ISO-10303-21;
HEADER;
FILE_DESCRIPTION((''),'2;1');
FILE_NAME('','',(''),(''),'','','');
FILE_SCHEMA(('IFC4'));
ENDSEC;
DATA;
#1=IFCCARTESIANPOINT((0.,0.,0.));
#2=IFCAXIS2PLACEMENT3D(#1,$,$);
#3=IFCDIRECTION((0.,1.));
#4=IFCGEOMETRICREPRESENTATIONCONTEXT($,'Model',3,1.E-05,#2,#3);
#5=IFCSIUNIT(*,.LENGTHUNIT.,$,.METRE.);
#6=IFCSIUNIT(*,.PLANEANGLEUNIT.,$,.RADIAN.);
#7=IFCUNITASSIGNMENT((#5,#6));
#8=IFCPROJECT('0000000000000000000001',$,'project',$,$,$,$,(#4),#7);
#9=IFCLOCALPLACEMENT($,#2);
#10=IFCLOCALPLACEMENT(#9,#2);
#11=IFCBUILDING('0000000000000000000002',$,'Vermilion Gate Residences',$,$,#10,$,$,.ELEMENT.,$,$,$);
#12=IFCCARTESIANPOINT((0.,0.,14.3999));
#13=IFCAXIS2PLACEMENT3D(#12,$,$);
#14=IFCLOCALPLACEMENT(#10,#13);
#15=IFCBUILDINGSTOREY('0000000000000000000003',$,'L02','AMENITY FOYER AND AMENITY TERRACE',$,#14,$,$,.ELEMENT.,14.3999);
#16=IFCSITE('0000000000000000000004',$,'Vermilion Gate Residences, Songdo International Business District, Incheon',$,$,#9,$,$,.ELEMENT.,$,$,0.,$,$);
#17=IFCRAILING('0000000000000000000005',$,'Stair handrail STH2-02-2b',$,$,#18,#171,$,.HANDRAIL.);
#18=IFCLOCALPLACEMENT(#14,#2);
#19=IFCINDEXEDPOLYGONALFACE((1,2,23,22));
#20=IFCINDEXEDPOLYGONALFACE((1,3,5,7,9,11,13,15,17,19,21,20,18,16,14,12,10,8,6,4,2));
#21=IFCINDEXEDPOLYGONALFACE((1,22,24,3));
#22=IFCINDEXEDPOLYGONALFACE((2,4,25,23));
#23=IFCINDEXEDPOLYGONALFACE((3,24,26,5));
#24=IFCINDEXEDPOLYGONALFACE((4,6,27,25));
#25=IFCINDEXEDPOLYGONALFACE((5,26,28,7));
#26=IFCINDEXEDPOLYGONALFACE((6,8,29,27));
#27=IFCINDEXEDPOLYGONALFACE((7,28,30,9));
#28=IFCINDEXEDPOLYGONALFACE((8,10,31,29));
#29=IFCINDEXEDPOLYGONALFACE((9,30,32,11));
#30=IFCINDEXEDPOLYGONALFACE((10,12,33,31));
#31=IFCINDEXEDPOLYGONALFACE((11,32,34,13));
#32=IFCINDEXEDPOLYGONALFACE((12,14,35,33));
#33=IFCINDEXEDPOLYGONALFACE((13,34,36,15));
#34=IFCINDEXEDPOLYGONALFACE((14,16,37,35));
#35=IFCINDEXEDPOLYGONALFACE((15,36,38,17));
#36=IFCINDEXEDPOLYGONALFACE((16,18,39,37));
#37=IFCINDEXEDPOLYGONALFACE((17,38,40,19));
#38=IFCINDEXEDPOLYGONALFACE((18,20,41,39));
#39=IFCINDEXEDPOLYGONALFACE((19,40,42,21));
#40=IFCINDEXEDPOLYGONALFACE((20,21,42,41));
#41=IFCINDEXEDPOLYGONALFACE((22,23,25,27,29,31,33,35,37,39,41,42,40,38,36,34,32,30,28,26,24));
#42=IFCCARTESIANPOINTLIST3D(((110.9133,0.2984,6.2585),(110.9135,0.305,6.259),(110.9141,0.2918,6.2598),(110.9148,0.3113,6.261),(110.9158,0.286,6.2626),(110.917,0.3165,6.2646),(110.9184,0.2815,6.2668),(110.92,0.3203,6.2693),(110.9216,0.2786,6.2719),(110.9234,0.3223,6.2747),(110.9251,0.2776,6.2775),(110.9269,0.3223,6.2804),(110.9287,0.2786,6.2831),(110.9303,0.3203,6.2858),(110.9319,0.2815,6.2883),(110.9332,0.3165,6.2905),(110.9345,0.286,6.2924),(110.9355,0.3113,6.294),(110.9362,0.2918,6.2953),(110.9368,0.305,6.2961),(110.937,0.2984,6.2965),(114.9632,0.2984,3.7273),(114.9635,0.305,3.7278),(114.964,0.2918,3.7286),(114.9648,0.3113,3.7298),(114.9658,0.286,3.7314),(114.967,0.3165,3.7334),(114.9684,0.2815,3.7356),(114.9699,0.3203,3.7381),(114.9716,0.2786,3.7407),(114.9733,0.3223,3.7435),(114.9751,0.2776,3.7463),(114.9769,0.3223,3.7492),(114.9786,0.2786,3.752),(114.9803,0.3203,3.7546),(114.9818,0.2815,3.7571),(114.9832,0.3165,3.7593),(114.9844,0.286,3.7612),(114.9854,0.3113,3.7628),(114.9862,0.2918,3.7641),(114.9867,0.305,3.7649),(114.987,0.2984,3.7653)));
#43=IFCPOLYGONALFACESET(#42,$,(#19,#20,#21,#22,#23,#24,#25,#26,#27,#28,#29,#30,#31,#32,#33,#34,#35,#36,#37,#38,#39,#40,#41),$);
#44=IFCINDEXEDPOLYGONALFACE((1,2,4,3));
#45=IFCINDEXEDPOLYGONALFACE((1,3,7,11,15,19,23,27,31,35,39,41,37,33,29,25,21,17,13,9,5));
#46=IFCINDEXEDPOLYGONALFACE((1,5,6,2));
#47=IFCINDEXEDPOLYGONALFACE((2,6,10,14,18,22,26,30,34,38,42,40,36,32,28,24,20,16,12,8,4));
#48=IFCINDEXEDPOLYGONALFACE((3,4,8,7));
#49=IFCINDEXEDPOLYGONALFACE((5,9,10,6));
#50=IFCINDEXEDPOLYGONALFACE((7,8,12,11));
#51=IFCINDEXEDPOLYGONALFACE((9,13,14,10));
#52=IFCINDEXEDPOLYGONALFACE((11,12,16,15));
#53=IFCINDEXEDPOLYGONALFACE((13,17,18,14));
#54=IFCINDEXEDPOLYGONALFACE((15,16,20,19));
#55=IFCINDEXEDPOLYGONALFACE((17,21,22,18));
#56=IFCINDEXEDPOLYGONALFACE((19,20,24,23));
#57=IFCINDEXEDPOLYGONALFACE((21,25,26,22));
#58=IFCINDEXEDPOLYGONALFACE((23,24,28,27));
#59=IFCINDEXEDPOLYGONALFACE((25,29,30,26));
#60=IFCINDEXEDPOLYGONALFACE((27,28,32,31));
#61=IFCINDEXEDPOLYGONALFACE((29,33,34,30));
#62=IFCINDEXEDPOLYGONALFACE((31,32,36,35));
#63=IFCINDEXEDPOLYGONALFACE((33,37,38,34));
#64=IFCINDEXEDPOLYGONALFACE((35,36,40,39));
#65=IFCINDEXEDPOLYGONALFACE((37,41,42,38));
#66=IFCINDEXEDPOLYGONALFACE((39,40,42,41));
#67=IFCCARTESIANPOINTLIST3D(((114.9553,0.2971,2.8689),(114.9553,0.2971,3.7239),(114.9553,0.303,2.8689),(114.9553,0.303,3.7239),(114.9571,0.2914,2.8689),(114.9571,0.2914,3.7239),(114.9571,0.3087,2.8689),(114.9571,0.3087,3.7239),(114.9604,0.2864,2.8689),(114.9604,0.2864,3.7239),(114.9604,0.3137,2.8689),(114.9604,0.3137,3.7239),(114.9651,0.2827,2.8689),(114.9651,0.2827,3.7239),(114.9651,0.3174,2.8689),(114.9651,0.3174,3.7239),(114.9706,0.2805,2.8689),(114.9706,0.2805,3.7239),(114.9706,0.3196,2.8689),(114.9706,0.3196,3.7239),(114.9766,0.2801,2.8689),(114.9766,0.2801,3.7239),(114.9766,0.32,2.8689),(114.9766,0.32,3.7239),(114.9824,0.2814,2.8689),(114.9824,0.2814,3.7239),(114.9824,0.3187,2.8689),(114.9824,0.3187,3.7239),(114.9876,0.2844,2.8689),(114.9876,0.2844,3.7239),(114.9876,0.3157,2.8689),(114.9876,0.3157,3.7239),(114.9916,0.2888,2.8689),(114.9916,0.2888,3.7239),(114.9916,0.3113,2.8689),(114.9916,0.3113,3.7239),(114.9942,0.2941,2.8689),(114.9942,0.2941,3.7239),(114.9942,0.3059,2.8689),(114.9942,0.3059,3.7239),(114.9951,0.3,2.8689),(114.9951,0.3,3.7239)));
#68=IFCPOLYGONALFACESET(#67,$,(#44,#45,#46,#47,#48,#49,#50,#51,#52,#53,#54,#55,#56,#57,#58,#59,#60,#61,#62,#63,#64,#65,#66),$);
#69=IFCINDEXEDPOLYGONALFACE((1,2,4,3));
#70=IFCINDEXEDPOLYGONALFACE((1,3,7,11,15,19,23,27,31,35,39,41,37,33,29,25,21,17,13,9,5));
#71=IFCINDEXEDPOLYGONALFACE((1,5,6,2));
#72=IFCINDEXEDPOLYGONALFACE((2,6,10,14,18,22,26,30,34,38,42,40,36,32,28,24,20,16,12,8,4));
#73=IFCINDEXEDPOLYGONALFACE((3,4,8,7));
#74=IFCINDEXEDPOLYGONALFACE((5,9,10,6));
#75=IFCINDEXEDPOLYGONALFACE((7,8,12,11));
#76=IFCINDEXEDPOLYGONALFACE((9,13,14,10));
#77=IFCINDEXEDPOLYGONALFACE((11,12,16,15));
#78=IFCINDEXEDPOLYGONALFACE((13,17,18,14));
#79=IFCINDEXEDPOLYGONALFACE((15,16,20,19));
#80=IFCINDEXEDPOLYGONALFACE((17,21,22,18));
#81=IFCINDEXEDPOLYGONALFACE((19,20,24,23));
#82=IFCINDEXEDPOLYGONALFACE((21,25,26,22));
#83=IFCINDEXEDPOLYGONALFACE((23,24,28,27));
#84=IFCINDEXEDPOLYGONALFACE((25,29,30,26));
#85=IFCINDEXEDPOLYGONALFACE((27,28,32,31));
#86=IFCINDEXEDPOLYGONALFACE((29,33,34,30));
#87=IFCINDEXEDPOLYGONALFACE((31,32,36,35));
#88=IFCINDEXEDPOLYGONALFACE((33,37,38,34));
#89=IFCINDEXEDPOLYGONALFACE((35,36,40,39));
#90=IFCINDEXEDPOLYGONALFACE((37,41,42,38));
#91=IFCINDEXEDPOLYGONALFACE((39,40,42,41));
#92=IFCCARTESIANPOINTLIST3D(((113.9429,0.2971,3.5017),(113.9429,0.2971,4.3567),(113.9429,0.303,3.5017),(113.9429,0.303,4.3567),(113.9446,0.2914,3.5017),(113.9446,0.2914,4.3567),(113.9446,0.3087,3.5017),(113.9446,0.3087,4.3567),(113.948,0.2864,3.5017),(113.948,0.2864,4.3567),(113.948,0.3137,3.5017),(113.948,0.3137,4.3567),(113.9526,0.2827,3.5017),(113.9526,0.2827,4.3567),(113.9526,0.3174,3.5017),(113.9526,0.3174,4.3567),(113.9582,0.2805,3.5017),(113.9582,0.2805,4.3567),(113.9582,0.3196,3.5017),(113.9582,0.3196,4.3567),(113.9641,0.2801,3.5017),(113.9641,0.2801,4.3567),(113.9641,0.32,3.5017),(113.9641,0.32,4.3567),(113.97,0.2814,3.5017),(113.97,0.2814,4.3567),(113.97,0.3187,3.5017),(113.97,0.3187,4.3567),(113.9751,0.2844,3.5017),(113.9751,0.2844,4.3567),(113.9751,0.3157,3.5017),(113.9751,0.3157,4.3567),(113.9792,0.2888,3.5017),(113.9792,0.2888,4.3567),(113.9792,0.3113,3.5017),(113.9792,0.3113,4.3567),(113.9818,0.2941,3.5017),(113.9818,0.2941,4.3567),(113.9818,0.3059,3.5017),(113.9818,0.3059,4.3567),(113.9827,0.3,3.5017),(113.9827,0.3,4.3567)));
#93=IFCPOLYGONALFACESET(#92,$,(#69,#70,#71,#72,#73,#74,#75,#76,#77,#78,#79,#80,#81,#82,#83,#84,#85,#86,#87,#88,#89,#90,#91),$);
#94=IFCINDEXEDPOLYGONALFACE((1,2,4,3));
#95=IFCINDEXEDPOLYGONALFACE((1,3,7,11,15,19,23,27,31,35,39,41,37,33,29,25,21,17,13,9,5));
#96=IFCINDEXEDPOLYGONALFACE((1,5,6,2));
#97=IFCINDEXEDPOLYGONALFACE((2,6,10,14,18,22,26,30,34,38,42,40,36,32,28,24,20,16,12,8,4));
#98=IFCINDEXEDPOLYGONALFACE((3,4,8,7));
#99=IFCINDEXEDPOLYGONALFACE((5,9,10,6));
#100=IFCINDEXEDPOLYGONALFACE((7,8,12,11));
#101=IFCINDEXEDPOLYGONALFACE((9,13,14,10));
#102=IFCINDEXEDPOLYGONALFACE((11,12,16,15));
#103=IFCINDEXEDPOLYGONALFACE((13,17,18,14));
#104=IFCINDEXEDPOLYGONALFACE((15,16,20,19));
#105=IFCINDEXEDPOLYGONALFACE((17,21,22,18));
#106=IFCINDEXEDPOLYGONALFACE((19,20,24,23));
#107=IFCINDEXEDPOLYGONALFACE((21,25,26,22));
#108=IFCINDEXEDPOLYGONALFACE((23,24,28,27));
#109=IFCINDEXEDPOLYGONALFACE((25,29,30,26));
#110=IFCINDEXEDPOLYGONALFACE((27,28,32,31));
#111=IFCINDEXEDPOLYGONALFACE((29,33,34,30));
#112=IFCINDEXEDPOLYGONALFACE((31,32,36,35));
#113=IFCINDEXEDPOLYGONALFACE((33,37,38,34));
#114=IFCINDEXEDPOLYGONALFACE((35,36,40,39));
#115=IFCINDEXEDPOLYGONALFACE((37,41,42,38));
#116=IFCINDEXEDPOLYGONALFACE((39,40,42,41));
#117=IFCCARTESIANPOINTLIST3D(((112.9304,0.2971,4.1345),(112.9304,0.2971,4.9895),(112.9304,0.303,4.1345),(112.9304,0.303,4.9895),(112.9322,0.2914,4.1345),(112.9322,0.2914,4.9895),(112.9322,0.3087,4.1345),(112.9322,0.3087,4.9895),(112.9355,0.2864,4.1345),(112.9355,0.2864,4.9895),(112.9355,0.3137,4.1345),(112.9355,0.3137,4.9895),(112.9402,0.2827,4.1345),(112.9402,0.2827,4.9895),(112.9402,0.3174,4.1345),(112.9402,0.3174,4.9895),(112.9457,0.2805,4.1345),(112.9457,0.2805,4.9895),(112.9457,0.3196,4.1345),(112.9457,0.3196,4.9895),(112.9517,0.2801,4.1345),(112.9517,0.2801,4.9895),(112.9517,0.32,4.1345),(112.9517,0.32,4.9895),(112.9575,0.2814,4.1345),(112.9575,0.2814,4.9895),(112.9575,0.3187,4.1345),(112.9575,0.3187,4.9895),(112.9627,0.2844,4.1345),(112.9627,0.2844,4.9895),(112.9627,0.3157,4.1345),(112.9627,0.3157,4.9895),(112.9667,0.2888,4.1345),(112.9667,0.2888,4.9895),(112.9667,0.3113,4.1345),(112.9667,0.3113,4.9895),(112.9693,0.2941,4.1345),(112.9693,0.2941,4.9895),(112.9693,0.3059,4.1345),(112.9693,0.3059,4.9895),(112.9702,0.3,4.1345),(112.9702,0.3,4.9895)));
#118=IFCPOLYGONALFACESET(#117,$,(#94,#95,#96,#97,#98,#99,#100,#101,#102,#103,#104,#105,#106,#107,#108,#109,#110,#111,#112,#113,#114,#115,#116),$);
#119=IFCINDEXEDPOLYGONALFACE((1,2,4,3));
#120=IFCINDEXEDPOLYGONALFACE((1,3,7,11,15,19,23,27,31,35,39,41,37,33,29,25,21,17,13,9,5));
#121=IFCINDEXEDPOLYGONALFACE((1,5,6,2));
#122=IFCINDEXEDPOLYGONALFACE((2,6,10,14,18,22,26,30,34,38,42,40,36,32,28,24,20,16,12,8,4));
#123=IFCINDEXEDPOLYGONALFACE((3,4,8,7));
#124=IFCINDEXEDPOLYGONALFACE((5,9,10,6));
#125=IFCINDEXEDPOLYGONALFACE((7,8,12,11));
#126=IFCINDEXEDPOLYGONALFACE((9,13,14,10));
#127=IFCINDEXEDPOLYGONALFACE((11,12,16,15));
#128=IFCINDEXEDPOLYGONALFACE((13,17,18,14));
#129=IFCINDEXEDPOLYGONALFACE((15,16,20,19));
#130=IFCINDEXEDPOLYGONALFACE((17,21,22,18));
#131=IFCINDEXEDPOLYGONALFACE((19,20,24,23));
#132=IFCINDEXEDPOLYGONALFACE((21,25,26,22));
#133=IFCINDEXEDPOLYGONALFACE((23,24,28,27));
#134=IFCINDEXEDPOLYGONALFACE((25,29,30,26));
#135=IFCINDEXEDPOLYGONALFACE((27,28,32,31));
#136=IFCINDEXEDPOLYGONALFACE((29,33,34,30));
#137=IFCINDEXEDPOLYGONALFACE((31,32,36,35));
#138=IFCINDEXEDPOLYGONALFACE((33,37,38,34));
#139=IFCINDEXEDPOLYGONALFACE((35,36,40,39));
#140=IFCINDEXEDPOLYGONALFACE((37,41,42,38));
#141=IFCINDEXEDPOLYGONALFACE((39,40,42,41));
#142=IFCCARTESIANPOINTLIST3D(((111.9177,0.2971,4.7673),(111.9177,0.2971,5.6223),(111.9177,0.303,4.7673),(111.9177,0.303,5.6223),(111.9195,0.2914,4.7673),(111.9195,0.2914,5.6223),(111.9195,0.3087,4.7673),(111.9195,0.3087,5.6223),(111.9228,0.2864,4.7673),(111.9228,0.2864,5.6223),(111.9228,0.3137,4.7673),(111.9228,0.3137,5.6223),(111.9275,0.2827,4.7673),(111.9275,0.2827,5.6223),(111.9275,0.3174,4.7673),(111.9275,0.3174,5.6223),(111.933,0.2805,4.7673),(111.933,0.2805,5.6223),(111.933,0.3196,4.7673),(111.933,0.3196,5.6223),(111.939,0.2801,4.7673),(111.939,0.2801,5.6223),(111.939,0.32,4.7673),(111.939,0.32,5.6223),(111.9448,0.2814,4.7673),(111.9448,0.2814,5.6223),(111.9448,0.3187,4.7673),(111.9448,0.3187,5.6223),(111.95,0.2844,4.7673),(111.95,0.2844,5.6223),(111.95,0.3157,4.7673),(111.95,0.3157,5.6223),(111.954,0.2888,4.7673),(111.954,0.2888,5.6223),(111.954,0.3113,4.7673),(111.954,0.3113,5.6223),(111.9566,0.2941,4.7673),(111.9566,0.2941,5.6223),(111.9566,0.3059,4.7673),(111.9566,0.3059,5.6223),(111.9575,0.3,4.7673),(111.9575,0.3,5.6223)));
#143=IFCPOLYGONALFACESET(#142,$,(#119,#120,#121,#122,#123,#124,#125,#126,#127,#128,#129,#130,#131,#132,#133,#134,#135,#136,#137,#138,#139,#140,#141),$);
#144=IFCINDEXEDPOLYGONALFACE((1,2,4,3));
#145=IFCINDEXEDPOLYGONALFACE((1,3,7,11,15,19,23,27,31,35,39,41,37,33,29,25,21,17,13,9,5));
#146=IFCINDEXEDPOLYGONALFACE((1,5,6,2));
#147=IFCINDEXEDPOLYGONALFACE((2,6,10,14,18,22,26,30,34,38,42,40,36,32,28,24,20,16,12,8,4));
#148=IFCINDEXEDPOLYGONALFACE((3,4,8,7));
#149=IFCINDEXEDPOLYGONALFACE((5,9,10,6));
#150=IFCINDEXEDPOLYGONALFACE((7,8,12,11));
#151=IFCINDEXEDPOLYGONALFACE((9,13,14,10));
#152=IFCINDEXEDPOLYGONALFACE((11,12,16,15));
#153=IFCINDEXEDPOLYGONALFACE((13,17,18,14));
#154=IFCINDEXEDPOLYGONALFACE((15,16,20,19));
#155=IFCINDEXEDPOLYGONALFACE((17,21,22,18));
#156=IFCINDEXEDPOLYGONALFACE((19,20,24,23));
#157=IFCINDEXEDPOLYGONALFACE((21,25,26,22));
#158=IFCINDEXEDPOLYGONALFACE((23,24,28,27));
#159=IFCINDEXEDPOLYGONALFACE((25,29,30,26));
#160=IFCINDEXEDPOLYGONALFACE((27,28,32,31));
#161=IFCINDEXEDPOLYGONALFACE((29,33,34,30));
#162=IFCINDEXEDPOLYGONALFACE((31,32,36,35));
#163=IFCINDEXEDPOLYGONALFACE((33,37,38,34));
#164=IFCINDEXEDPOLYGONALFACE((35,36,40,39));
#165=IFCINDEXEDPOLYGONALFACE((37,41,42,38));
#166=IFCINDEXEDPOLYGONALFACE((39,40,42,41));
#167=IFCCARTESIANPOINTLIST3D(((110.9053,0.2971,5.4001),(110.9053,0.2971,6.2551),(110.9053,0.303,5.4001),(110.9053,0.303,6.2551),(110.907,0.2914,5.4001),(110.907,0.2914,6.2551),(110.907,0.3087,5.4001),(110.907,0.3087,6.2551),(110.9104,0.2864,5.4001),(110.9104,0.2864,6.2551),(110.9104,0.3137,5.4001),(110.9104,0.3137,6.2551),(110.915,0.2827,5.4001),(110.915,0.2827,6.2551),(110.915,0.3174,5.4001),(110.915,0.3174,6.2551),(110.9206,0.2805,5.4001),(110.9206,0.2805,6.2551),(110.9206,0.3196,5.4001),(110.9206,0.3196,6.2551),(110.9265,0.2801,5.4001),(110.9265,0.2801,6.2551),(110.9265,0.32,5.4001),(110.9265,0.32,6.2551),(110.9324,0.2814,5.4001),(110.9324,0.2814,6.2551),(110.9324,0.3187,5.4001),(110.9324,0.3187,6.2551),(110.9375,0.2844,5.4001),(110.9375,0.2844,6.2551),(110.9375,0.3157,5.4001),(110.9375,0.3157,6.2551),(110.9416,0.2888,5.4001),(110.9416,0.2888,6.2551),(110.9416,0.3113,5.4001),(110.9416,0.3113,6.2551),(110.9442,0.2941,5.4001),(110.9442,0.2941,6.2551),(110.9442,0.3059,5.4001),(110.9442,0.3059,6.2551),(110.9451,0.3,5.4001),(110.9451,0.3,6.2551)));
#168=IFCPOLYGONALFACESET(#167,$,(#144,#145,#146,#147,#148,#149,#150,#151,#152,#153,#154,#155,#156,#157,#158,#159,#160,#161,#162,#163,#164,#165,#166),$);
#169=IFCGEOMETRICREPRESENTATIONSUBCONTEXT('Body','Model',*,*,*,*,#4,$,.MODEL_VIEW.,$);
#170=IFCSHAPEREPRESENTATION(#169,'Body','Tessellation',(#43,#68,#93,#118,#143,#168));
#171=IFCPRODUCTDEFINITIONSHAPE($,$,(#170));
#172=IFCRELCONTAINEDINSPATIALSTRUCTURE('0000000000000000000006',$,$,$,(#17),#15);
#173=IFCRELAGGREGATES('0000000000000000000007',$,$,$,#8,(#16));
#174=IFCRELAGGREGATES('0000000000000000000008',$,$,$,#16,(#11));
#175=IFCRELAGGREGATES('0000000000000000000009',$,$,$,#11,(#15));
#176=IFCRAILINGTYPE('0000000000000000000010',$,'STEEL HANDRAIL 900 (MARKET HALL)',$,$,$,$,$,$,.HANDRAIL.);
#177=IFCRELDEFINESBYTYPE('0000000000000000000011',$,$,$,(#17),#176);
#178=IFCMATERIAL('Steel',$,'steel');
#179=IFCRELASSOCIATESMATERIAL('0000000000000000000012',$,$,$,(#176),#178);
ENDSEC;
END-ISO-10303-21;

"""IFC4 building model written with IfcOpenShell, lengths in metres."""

from ifc_helpers import new_model, si_unit, direction, frame, origin, origin_2d, place, context, subcontext, project, spatial, circle, extrude, material, type_object, element, save


model = new_model("IFC4")

# Units and contexts
model_context = context("Model", 3, precision=1e-05, world=origin(), true_north=direction((0.0, 1.0)))
body_context = subcontext(model_context, "Body", "Model", "MODEL_VIEW")
ifc_project = project(units=[si_unit("LENGTHUNIT", "METRE"), si_unit("PLANEANGLEUNIT", "RADIAN")], contexts=[model_context])

# Site, building, storey
site_placement = place(None, origin())
site = spatial("IfcSite", under=ifc_project, at=site_placement, Name="Vermilion Gate Residences, Songdo International Business District, Incheon", CompositionType="ELEMENT", RefElevation=0.0)
building_placement = place(site_placement, origin())
building = spatial("IfcBuilding", under=site, at=building_placement, Name="Vermilion Gate Residences", CompositionType="ELEMENT")
storey_placement = place(building_placement, frame((0.0, 0.0, 14.3999)))
storey = spatial("IfcBuildingStorey", under=building, at=storey_placement, Name="L02", Description="AMENITY FOYER AND AMENITY TERRACE", CompositionType="ELEMENT", Elevation=14.3999)

# Railing
ifc_material_1 = material(Name="Steel", Category="steel")
railing_type_1 = type_object("IfcRailingType", Name="STEEL HANDRAIL 900 (MARKET HALL)", PredefinedType="HANDRAIL", material=ifc_material_1)
for number, where, name in (
    (1, (114.9751, 0.3, 2.8689), "Stair handrail STH2-02-2b"),
):
    element("IfcRailing", number, at=place(storey_placement, frame(where)), inside=storey, type_object=railing_type_1, Name=name, PredefinedType="HANDRAIL", context=body_context, shape_type="SweptSolid", body=[
        extrude(circle(Radius=0.0225, at=origin_2d()), frame((0.0, 0.0, 0.8774), z_axis=(-0.848001, 0.0, 0.529994), x_axis=(0.0, -1.0, 0.0)), (0.0, 0.0, 1.0), 4.7759),
        extrude(circle(Radius=0.02, at=origin_2d()), origin(), (0.0, 0.0, 1.0), 0.855),
        extrude(circle(Radius=0.02, at=origin_2d()), frame((-1.0125, 0.0, 0.6328)), (0.0, 0.0, 1.0), 0.855),
        extrude(circle(Radius=0.02, at=origin_2d()), frame((-2.0249, 0.0, 1.2656)), (0.0, 0.0, 1.0), 0.855),
        extrude(circle(Radius=0.02, at=origin_2d()), frame((-3.0376, 0.0, 1.8984)), (0.0, 0.0, 1.0), 0.855),
        extrude(circle(Radius=0.02, at=origin_2d()), frame((-4.05, 0.0, 2.5312)), (0.0, 0.0, 1.0), 0.855),
    ])

save(model, "model.ifc")
